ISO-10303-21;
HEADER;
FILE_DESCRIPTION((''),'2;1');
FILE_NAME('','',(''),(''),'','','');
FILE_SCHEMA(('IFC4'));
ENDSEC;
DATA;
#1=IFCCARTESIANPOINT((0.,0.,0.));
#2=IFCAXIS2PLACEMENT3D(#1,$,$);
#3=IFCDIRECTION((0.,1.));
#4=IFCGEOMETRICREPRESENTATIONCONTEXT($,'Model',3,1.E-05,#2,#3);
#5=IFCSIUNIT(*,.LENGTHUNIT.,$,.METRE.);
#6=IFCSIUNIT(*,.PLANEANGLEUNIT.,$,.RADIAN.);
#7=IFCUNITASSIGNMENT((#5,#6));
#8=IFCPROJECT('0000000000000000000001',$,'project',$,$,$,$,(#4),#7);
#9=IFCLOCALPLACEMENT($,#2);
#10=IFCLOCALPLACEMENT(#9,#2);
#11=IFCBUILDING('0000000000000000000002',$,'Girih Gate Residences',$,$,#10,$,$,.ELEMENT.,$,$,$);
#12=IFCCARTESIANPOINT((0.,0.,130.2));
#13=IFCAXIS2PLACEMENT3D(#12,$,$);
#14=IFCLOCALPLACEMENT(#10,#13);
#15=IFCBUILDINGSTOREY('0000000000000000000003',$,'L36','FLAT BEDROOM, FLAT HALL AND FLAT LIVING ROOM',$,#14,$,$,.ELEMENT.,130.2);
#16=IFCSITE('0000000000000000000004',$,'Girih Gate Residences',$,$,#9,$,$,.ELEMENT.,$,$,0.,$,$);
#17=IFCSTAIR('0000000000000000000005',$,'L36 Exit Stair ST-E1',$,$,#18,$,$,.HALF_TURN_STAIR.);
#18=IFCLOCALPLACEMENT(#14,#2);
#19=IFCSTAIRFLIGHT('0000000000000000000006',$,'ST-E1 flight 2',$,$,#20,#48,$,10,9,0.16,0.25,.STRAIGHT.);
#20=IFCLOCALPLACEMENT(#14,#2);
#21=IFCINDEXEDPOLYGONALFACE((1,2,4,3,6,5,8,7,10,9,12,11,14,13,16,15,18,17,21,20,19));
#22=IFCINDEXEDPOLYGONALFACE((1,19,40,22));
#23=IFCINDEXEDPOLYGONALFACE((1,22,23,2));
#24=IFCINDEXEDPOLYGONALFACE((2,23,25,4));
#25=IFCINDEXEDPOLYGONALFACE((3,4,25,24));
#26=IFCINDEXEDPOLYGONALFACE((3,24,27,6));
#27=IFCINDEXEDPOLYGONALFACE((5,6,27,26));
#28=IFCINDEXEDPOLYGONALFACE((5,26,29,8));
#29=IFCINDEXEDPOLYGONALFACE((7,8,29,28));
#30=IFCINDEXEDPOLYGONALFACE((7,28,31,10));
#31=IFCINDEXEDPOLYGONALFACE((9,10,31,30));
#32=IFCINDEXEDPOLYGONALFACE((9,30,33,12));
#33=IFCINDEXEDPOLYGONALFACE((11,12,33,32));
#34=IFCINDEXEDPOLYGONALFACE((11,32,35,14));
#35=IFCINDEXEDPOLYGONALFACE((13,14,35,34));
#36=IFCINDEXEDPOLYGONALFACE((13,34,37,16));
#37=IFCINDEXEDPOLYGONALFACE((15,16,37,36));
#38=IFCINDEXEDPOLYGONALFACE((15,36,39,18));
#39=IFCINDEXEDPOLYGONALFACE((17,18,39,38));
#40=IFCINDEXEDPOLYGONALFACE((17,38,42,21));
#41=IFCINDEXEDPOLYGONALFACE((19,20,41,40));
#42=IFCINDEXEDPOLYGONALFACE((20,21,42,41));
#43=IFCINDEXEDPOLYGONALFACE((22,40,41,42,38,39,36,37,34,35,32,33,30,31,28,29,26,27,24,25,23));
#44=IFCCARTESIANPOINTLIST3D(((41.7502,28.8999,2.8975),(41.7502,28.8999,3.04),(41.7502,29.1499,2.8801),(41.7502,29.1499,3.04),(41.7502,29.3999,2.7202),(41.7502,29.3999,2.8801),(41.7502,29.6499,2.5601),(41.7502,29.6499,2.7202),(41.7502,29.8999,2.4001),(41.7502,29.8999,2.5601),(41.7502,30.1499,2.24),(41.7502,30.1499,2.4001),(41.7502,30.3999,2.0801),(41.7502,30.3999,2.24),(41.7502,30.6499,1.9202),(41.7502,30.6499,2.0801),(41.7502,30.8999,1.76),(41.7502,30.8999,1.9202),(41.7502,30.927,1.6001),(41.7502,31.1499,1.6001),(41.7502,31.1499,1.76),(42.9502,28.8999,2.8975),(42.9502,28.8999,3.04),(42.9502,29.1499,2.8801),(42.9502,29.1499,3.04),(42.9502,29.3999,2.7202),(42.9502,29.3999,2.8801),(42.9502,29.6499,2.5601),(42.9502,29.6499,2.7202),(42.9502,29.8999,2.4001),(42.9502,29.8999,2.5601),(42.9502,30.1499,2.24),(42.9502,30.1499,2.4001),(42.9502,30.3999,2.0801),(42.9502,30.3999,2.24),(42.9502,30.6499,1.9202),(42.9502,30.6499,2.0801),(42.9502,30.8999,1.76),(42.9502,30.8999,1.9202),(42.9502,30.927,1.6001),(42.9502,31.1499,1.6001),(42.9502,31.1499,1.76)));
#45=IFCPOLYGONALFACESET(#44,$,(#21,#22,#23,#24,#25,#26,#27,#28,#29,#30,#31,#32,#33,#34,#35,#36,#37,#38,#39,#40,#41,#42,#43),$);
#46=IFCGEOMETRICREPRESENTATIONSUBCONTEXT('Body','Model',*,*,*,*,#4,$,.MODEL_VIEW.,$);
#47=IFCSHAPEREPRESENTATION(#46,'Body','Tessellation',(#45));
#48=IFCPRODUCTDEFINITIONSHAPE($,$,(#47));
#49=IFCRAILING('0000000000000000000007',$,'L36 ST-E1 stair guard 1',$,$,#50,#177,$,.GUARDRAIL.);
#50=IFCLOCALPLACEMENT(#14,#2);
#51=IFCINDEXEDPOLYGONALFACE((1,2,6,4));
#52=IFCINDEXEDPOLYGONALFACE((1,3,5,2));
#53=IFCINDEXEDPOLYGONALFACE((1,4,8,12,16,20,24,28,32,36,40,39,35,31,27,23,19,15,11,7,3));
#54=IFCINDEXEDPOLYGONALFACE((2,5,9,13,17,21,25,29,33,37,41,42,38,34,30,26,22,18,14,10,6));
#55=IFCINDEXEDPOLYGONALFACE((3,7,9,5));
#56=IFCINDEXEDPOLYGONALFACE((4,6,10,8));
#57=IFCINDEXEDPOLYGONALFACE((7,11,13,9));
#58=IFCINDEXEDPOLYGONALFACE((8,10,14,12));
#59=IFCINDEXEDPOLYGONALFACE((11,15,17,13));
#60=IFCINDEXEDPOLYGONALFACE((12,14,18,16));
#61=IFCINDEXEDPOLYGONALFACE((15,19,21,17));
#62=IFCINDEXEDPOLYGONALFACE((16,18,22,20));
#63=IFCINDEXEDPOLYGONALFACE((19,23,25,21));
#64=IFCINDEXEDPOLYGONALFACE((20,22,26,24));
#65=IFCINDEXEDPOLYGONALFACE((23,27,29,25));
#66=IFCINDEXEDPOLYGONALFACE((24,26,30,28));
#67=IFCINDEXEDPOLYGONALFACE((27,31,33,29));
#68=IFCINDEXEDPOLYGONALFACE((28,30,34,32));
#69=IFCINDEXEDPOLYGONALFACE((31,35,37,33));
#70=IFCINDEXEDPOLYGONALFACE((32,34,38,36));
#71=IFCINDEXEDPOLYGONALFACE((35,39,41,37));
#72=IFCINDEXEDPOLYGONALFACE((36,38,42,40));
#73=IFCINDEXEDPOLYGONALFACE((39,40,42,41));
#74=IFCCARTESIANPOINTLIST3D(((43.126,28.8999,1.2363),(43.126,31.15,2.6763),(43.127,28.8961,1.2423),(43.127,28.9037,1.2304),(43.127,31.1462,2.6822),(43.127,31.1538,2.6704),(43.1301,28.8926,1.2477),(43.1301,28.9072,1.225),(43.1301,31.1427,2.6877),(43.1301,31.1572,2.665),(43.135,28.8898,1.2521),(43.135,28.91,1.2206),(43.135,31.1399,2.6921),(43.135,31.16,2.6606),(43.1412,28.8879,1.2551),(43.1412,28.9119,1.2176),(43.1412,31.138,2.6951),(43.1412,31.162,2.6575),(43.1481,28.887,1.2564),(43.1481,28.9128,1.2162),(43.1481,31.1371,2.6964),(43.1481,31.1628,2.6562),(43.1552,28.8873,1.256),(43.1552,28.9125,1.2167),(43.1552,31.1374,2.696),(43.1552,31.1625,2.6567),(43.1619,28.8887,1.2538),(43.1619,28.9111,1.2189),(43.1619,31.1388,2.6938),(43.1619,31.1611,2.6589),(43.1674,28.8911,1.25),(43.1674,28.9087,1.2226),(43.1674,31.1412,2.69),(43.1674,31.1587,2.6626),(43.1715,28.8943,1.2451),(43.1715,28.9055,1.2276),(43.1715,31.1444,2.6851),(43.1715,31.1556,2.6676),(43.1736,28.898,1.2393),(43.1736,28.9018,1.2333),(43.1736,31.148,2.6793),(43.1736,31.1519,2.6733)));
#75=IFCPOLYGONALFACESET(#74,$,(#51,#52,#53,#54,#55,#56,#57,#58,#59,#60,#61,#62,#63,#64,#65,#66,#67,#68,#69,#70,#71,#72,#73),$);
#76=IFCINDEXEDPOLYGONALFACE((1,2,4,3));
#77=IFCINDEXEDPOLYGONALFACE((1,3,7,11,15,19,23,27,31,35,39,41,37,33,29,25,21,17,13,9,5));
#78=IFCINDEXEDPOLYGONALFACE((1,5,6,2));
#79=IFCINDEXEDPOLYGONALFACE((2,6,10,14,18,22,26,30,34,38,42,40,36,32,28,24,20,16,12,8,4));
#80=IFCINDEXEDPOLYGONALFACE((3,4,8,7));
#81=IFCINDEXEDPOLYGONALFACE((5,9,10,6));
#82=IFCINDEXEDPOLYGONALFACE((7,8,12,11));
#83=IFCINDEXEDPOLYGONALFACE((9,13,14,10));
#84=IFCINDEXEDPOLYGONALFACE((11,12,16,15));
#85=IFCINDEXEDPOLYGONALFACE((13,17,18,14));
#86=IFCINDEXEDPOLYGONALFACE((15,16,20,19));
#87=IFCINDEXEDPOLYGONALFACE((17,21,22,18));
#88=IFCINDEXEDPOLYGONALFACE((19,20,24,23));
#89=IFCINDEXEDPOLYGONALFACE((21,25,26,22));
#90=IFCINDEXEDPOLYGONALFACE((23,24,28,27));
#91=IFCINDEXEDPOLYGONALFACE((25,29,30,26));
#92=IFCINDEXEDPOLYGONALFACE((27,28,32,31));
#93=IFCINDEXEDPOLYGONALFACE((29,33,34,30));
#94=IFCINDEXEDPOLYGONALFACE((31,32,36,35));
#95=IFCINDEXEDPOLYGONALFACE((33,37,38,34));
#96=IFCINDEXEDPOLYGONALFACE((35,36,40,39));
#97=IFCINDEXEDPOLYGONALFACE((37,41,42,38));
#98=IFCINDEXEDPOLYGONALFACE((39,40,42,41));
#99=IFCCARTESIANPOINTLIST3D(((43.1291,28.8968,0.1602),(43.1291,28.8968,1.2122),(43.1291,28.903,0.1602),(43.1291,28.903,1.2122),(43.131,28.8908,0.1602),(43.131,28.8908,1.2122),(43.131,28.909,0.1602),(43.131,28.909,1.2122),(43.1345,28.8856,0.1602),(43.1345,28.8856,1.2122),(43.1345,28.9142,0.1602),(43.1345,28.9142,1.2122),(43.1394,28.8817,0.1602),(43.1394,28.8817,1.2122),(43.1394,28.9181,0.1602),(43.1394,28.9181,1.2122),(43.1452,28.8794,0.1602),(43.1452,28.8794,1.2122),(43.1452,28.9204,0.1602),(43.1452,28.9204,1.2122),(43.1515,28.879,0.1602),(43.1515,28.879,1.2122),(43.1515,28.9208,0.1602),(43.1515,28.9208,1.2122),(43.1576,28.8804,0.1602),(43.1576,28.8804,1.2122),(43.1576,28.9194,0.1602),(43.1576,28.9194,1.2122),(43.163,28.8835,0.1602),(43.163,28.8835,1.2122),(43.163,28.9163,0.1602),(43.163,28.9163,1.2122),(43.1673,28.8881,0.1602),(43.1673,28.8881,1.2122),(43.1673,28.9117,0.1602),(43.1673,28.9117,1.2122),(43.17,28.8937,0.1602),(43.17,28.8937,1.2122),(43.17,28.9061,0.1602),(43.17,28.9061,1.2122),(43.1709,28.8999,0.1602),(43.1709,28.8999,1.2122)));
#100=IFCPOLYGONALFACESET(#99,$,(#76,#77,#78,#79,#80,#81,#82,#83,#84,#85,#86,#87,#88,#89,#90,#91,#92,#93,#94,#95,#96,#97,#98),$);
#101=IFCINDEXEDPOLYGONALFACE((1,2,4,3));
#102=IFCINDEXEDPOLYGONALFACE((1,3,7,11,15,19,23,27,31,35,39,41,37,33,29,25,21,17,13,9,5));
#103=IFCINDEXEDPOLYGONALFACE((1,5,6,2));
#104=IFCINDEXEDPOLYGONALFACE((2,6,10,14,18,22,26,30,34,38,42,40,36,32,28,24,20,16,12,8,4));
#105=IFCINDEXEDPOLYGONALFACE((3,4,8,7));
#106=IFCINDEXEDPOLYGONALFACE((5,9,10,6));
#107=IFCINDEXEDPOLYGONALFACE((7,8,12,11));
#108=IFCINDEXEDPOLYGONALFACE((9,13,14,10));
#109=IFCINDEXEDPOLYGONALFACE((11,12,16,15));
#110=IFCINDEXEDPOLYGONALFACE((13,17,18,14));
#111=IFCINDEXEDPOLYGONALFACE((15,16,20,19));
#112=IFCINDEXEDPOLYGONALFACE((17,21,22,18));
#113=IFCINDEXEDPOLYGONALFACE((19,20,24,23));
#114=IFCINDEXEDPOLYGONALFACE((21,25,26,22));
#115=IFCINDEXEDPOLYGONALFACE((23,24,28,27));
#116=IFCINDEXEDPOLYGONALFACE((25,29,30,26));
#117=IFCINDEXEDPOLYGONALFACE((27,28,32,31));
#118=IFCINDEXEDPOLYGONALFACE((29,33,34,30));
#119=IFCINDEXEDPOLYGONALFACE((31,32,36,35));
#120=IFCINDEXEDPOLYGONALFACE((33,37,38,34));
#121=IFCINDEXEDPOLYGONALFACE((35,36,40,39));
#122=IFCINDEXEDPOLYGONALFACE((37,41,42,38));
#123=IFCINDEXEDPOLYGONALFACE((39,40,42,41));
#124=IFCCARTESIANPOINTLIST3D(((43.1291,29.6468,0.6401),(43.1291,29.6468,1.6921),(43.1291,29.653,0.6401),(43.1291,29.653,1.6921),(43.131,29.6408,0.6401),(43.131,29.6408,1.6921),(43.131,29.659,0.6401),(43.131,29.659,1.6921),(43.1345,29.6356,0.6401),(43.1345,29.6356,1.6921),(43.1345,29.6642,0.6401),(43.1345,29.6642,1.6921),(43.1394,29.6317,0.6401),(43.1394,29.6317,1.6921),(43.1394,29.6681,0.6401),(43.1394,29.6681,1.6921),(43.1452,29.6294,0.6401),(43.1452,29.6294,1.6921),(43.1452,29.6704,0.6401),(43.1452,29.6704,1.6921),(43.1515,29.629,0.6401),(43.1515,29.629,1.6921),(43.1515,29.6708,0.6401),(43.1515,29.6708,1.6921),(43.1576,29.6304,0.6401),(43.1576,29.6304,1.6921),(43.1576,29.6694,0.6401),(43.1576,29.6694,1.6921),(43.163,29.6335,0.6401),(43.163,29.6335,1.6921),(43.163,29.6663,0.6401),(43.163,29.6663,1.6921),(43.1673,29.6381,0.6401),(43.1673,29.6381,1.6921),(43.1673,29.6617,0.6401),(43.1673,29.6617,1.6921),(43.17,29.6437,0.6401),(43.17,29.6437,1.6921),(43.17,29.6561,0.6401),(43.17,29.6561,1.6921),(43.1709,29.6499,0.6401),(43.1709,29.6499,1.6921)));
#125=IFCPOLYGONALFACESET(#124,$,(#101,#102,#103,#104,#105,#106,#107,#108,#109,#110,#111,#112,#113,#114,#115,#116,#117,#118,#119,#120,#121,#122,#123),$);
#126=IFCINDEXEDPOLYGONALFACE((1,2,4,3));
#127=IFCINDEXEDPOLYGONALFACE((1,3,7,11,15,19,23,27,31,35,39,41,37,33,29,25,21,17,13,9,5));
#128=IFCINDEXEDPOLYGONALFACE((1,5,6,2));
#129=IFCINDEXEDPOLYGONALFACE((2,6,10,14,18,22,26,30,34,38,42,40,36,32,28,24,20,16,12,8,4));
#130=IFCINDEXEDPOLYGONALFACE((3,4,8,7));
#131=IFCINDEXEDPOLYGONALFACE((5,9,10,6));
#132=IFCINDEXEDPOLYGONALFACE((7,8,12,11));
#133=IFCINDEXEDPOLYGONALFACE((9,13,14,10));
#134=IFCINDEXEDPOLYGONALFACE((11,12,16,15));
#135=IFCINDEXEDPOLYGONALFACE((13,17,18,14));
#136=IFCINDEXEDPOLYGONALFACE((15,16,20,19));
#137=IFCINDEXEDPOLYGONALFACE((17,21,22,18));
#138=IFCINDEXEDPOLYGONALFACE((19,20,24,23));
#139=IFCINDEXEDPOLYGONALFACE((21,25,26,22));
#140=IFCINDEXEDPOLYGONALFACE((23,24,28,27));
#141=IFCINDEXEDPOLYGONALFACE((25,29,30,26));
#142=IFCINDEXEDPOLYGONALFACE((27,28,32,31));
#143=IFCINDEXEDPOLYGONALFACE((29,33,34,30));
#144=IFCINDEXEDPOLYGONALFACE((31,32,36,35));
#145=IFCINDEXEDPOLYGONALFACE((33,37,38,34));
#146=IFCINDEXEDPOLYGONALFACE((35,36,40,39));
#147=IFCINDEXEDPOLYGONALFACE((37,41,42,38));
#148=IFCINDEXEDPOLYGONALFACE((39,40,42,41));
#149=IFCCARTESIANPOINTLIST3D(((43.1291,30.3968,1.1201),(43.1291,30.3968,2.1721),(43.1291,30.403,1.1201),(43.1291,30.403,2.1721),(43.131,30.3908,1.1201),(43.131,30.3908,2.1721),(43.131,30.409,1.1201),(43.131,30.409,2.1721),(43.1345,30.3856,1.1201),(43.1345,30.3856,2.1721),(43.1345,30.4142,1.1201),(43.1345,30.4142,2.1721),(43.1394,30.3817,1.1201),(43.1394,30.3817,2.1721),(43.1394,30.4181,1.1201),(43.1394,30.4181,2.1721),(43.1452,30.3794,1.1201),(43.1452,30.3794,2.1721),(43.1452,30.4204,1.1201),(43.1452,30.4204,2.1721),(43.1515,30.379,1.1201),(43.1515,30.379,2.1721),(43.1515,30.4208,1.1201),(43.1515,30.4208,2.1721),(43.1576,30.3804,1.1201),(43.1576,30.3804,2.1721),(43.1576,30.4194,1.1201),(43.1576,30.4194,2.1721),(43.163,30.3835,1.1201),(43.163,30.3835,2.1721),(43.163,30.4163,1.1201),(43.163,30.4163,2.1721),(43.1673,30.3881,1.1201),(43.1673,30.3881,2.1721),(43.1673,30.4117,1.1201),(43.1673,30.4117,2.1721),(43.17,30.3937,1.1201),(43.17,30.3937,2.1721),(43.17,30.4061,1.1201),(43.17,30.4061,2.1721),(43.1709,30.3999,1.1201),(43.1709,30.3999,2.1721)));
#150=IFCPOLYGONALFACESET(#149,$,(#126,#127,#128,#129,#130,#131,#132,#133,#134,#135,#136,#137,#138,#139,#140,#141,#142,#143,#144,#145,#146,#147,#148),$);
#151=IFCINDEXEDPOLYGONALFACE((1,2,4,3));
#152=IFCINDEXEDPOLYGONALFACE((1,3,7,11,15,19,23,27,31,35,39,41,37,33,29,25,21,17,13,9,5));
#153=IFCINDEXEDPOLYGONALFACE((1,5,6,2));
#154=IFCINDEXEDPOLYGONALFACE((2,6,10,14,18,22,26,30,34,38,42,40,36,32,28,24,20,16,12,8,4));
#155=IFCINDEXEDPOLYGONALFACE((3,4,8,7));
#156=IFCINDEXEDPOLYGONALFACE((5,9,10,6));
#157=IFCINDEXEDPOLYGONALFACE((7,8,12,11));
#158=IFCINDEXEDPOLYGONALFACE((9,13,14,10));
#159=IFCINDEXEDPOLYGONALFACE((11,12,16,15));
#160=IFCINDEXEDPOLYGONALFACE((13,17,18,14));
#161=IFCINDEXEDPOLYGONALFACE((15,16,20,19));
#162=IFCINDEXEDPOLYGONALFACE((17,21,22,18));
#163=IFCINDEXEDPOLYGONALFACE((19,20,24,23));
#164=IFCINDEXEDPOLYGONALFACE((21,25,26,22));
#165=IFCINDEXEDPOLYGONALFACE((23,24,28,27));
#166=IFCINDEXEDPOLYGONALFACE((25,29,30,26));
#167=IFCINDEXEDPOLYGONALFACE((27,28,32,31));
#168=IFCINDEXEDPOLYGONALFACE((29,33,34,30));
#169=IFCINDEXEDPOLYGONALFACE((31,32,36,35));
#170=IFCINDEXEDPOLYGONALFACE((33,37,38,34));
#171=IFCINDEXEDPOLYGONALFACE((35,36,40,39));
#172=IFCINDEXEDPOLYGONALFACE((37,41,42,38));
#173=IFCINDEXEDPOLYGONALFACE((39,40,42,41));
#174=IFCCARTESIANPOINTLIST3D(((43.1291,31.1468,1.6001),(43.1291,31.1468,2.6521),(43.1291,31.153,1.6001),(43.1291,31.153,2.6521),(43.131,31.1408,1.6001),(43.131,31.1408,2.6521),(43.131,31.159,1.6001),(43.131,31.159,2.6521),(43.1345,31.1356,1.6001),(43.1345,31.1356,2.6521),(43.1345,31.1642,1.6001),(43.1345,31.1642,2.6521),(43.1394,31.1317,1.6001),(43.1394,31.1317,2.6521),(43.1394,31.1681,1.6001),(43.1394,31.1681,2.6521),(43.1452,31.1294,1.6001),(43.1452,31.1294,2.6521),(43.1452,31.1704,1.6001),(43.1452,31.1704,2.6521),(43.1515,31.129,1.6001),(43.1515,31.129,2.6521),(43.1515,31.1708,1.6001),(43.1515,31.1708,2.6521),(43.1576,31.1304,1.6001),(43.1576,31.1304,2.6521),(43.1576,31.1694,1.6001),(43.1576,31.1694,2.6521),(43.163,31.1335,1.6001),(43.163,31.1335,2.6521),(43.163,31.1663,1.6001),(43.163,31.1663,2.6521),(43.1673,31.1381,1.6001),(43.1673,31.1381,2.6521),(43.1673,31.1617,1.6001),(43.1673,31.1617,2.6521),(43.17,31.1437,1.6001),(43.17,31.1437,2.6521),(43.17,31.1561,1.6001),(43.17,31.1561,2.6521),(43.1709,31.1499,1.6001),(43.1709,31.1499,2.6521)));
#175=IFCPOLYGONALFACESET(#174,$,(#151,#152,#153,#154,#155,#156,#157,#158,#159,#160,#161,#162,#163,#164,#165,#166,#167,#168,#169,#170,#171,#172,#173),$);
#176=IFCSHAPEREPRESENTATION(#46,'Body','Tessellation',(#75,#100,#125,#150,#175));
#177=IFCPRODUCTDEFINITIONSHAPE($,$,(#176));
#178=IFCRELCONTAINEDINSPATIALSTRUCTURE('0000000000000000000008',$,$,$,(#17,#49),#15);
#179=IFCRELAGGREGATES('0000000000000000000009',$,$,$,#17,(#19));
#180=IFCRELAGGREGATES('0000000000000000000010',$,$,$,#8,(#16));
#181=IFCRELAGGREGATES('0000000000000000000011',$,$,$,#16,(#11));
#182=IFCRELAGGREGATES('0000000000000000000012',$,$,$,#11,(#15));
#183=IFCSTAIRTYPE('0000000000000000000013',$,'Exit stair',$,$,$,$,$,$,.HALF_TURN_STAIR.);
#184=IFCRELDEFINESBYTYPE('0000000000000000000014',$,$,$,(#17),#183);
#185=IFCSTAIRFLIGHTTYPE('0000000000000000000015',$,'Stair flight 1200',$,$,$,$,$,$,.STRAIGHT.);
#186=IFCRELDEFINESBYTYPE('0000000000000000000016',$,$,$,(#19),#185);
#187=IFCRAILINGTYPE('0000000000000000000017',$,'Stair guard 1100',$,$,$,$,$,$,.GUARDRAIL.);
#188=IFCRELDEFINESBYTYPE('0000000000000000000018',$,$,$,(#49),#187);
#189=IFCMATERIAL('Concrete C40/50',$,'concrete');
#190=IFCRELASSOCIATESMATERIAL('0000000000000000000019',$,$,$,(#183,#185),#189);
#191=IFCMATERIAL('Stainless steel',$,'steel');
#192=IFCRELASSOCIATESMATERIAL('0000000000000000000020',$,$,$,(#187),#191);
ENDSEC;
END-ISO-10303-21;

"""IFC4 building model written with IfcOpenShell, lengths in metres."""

from ifc_helpers import new_model, si_unit, direction, frame, origin, origin_2d, place, context, subcontext, project, spatial, polyline, circle, outline, extrude, material, type_object, element, aggregate, save


model = new_model("IFC4")

# Units and contexts
model_context = context("Model", 3, precision=1e-05, world=origin(), true_north=direction((0.0, 1.0)))
body_context = subcontext(model_context, "Body", "Model", "MODEL_VIEW")
ifc_project = project(units=[si_unit("LENGTHUNIT", "METRE"), si_unit("PLANEANGLEUNIT", "RADIAN")], contexts=[model_context])

# Site, building, storey
site_placement = place(None, origin())
site = spatial("IfcSite", under=ifc_project, at=site_placement, Name="Girih Gate Residences", CompositionType="ELEMENT", RefElevation=0.0)
building_placement = place(site_placement, origin())
building = spatial("IfcBuilding", under=site, at=building_placement, Name="Girih Gate Residences", CompositionType="ELEMENT")
storey_placement = place(building_placement, frame((0.0, 0.0, 130.2)))
storey = spatial("IfcBuildingStorey", under=building, at=storey_placement, Name="L36", Description="FLAT BEDROOM, FLAT HALL AND FLAT LIVING ROOM", CompositionType="ELEMENT", Elevation=130.2)

# Shared definitions
ifc_material_1 = material(Name="Concrete C40/50", Category="concrete")

# Stair, stair flight
stair_type = type_object("IfcStairType", Name="Exit stair", PredefinedType="HALF_TURN_STAIR", material=ifc_material_1)
stair_placement = place(storey_placement, origin())
stair = element("IfcStair", 1, at=stair_placement, inside=storey, type_object=stair_type, Name="L36 Exit Stair ST-E1", PredefinedType="HALF_TURN_STAIR")
stair_flight_type = type_object("IfcStairFlightType", Name="Stair flight 1200", PredefinedType="STRAIGHT", material=ifc_material_1)
stair_flight_1_placement = place(storey_placement, frame((42.3501, 31.1499, 1.6001), z_axis=(0.0, 0.0, 1.0), x_axis=(0.0, -1.0, 0.0)))
stair_flight_1 = element("IfcStairFlight", 2, at=stair_flight_1_placement, type_object=stair_flight_type, Name="ST-E1 flight 2", NumberOfRisers=10, NumberOfTreads=9, PredefinedType="STRAIGHT", RiserHeight=0.16, TreadLength=0.25, context=body_context, shape_type="SweptSolid", body=[
    extrude(outline(polyline([(0.0, 0.0), (0.0, 0.1599), (0.25, 0.1599), (0.25, 0.3201), (0.5, 0.3201), (0.5, 0.48), (0.75, 0.48), (0.75, 0.6399), (1.0, 0.6399), (1.0, 0.8), (1.25, 0.8), (1.25, 0.96), (1.5, 0.96), (1.5, 1.1201), (1.75, 1.1201), (1.75, 1.28), (2.0, 1.28), (2.0, 1.4399), (2.25, 1.4399), (2.25, 1.6001), (2.25, 1.2974), (0.2229, 0.0), (0.0, 0.0)])), frame((0.0, 0.6001, 0.0), z_axis=(0.0, -1.0, 0.0), x_axis=(1.0, 0.0, 0.0)), (0.0, 0.0, 1.0), 1.2),
])
aggregate(stair, [stair_flight_1])

# Railing
ifc_material_2 = material(Name="Stainless steel", Category="steel")
railing_type_1 = type_object("IfcRailingType", Name="Stair guard 1100", PredefinedType="GUARDRAIL", material=ifc_material_2)
railing_1_placement = place(storey_placement, frame((43.1499, 28.8999, 0.1602)))
element("IfcRailing", 3, at=railing_1_placement, inside=storey, type_object=railing_type_1, Name="L36 ST-E1 stair guard 1", PredefinedType="GUARDRAIL", context=body_context, shape_type="SweptSolid", body=[
    extrude(circle(Radius=0.0239, at=origin_2d()), frame((0.0, 0.0, 1.0762), z_axis=(0.0, 0.842281, 0.539038), x_axis=(-1.0, 0.0, 0.0)), (0.0, 0.0, 1.0), 2.6714),
    extrude(circle(Radius=0.021, at=origin_2d()), origin(), (0.0, 0.0, 1.0), 1.052),
    extrude(circle(Radius=0.021, at=origin_2d()), frame((0.0, 0.75, 0.48)), (0.0, 0.0, 1.0), 1.052),
    extrude(circle(Radius=0.021, at=origin_2d()), frame((0.0, 1.5, 0.96)), (0.0, 0.0, 1.0), 1.052),
    extrude(circle(Radius=0.021, at=origin_2d()), frame((0.0, 2.25, 1.4399)), (0.0, 0.0, 1.0), 1.052),
])

save(model, "model.ifc")
